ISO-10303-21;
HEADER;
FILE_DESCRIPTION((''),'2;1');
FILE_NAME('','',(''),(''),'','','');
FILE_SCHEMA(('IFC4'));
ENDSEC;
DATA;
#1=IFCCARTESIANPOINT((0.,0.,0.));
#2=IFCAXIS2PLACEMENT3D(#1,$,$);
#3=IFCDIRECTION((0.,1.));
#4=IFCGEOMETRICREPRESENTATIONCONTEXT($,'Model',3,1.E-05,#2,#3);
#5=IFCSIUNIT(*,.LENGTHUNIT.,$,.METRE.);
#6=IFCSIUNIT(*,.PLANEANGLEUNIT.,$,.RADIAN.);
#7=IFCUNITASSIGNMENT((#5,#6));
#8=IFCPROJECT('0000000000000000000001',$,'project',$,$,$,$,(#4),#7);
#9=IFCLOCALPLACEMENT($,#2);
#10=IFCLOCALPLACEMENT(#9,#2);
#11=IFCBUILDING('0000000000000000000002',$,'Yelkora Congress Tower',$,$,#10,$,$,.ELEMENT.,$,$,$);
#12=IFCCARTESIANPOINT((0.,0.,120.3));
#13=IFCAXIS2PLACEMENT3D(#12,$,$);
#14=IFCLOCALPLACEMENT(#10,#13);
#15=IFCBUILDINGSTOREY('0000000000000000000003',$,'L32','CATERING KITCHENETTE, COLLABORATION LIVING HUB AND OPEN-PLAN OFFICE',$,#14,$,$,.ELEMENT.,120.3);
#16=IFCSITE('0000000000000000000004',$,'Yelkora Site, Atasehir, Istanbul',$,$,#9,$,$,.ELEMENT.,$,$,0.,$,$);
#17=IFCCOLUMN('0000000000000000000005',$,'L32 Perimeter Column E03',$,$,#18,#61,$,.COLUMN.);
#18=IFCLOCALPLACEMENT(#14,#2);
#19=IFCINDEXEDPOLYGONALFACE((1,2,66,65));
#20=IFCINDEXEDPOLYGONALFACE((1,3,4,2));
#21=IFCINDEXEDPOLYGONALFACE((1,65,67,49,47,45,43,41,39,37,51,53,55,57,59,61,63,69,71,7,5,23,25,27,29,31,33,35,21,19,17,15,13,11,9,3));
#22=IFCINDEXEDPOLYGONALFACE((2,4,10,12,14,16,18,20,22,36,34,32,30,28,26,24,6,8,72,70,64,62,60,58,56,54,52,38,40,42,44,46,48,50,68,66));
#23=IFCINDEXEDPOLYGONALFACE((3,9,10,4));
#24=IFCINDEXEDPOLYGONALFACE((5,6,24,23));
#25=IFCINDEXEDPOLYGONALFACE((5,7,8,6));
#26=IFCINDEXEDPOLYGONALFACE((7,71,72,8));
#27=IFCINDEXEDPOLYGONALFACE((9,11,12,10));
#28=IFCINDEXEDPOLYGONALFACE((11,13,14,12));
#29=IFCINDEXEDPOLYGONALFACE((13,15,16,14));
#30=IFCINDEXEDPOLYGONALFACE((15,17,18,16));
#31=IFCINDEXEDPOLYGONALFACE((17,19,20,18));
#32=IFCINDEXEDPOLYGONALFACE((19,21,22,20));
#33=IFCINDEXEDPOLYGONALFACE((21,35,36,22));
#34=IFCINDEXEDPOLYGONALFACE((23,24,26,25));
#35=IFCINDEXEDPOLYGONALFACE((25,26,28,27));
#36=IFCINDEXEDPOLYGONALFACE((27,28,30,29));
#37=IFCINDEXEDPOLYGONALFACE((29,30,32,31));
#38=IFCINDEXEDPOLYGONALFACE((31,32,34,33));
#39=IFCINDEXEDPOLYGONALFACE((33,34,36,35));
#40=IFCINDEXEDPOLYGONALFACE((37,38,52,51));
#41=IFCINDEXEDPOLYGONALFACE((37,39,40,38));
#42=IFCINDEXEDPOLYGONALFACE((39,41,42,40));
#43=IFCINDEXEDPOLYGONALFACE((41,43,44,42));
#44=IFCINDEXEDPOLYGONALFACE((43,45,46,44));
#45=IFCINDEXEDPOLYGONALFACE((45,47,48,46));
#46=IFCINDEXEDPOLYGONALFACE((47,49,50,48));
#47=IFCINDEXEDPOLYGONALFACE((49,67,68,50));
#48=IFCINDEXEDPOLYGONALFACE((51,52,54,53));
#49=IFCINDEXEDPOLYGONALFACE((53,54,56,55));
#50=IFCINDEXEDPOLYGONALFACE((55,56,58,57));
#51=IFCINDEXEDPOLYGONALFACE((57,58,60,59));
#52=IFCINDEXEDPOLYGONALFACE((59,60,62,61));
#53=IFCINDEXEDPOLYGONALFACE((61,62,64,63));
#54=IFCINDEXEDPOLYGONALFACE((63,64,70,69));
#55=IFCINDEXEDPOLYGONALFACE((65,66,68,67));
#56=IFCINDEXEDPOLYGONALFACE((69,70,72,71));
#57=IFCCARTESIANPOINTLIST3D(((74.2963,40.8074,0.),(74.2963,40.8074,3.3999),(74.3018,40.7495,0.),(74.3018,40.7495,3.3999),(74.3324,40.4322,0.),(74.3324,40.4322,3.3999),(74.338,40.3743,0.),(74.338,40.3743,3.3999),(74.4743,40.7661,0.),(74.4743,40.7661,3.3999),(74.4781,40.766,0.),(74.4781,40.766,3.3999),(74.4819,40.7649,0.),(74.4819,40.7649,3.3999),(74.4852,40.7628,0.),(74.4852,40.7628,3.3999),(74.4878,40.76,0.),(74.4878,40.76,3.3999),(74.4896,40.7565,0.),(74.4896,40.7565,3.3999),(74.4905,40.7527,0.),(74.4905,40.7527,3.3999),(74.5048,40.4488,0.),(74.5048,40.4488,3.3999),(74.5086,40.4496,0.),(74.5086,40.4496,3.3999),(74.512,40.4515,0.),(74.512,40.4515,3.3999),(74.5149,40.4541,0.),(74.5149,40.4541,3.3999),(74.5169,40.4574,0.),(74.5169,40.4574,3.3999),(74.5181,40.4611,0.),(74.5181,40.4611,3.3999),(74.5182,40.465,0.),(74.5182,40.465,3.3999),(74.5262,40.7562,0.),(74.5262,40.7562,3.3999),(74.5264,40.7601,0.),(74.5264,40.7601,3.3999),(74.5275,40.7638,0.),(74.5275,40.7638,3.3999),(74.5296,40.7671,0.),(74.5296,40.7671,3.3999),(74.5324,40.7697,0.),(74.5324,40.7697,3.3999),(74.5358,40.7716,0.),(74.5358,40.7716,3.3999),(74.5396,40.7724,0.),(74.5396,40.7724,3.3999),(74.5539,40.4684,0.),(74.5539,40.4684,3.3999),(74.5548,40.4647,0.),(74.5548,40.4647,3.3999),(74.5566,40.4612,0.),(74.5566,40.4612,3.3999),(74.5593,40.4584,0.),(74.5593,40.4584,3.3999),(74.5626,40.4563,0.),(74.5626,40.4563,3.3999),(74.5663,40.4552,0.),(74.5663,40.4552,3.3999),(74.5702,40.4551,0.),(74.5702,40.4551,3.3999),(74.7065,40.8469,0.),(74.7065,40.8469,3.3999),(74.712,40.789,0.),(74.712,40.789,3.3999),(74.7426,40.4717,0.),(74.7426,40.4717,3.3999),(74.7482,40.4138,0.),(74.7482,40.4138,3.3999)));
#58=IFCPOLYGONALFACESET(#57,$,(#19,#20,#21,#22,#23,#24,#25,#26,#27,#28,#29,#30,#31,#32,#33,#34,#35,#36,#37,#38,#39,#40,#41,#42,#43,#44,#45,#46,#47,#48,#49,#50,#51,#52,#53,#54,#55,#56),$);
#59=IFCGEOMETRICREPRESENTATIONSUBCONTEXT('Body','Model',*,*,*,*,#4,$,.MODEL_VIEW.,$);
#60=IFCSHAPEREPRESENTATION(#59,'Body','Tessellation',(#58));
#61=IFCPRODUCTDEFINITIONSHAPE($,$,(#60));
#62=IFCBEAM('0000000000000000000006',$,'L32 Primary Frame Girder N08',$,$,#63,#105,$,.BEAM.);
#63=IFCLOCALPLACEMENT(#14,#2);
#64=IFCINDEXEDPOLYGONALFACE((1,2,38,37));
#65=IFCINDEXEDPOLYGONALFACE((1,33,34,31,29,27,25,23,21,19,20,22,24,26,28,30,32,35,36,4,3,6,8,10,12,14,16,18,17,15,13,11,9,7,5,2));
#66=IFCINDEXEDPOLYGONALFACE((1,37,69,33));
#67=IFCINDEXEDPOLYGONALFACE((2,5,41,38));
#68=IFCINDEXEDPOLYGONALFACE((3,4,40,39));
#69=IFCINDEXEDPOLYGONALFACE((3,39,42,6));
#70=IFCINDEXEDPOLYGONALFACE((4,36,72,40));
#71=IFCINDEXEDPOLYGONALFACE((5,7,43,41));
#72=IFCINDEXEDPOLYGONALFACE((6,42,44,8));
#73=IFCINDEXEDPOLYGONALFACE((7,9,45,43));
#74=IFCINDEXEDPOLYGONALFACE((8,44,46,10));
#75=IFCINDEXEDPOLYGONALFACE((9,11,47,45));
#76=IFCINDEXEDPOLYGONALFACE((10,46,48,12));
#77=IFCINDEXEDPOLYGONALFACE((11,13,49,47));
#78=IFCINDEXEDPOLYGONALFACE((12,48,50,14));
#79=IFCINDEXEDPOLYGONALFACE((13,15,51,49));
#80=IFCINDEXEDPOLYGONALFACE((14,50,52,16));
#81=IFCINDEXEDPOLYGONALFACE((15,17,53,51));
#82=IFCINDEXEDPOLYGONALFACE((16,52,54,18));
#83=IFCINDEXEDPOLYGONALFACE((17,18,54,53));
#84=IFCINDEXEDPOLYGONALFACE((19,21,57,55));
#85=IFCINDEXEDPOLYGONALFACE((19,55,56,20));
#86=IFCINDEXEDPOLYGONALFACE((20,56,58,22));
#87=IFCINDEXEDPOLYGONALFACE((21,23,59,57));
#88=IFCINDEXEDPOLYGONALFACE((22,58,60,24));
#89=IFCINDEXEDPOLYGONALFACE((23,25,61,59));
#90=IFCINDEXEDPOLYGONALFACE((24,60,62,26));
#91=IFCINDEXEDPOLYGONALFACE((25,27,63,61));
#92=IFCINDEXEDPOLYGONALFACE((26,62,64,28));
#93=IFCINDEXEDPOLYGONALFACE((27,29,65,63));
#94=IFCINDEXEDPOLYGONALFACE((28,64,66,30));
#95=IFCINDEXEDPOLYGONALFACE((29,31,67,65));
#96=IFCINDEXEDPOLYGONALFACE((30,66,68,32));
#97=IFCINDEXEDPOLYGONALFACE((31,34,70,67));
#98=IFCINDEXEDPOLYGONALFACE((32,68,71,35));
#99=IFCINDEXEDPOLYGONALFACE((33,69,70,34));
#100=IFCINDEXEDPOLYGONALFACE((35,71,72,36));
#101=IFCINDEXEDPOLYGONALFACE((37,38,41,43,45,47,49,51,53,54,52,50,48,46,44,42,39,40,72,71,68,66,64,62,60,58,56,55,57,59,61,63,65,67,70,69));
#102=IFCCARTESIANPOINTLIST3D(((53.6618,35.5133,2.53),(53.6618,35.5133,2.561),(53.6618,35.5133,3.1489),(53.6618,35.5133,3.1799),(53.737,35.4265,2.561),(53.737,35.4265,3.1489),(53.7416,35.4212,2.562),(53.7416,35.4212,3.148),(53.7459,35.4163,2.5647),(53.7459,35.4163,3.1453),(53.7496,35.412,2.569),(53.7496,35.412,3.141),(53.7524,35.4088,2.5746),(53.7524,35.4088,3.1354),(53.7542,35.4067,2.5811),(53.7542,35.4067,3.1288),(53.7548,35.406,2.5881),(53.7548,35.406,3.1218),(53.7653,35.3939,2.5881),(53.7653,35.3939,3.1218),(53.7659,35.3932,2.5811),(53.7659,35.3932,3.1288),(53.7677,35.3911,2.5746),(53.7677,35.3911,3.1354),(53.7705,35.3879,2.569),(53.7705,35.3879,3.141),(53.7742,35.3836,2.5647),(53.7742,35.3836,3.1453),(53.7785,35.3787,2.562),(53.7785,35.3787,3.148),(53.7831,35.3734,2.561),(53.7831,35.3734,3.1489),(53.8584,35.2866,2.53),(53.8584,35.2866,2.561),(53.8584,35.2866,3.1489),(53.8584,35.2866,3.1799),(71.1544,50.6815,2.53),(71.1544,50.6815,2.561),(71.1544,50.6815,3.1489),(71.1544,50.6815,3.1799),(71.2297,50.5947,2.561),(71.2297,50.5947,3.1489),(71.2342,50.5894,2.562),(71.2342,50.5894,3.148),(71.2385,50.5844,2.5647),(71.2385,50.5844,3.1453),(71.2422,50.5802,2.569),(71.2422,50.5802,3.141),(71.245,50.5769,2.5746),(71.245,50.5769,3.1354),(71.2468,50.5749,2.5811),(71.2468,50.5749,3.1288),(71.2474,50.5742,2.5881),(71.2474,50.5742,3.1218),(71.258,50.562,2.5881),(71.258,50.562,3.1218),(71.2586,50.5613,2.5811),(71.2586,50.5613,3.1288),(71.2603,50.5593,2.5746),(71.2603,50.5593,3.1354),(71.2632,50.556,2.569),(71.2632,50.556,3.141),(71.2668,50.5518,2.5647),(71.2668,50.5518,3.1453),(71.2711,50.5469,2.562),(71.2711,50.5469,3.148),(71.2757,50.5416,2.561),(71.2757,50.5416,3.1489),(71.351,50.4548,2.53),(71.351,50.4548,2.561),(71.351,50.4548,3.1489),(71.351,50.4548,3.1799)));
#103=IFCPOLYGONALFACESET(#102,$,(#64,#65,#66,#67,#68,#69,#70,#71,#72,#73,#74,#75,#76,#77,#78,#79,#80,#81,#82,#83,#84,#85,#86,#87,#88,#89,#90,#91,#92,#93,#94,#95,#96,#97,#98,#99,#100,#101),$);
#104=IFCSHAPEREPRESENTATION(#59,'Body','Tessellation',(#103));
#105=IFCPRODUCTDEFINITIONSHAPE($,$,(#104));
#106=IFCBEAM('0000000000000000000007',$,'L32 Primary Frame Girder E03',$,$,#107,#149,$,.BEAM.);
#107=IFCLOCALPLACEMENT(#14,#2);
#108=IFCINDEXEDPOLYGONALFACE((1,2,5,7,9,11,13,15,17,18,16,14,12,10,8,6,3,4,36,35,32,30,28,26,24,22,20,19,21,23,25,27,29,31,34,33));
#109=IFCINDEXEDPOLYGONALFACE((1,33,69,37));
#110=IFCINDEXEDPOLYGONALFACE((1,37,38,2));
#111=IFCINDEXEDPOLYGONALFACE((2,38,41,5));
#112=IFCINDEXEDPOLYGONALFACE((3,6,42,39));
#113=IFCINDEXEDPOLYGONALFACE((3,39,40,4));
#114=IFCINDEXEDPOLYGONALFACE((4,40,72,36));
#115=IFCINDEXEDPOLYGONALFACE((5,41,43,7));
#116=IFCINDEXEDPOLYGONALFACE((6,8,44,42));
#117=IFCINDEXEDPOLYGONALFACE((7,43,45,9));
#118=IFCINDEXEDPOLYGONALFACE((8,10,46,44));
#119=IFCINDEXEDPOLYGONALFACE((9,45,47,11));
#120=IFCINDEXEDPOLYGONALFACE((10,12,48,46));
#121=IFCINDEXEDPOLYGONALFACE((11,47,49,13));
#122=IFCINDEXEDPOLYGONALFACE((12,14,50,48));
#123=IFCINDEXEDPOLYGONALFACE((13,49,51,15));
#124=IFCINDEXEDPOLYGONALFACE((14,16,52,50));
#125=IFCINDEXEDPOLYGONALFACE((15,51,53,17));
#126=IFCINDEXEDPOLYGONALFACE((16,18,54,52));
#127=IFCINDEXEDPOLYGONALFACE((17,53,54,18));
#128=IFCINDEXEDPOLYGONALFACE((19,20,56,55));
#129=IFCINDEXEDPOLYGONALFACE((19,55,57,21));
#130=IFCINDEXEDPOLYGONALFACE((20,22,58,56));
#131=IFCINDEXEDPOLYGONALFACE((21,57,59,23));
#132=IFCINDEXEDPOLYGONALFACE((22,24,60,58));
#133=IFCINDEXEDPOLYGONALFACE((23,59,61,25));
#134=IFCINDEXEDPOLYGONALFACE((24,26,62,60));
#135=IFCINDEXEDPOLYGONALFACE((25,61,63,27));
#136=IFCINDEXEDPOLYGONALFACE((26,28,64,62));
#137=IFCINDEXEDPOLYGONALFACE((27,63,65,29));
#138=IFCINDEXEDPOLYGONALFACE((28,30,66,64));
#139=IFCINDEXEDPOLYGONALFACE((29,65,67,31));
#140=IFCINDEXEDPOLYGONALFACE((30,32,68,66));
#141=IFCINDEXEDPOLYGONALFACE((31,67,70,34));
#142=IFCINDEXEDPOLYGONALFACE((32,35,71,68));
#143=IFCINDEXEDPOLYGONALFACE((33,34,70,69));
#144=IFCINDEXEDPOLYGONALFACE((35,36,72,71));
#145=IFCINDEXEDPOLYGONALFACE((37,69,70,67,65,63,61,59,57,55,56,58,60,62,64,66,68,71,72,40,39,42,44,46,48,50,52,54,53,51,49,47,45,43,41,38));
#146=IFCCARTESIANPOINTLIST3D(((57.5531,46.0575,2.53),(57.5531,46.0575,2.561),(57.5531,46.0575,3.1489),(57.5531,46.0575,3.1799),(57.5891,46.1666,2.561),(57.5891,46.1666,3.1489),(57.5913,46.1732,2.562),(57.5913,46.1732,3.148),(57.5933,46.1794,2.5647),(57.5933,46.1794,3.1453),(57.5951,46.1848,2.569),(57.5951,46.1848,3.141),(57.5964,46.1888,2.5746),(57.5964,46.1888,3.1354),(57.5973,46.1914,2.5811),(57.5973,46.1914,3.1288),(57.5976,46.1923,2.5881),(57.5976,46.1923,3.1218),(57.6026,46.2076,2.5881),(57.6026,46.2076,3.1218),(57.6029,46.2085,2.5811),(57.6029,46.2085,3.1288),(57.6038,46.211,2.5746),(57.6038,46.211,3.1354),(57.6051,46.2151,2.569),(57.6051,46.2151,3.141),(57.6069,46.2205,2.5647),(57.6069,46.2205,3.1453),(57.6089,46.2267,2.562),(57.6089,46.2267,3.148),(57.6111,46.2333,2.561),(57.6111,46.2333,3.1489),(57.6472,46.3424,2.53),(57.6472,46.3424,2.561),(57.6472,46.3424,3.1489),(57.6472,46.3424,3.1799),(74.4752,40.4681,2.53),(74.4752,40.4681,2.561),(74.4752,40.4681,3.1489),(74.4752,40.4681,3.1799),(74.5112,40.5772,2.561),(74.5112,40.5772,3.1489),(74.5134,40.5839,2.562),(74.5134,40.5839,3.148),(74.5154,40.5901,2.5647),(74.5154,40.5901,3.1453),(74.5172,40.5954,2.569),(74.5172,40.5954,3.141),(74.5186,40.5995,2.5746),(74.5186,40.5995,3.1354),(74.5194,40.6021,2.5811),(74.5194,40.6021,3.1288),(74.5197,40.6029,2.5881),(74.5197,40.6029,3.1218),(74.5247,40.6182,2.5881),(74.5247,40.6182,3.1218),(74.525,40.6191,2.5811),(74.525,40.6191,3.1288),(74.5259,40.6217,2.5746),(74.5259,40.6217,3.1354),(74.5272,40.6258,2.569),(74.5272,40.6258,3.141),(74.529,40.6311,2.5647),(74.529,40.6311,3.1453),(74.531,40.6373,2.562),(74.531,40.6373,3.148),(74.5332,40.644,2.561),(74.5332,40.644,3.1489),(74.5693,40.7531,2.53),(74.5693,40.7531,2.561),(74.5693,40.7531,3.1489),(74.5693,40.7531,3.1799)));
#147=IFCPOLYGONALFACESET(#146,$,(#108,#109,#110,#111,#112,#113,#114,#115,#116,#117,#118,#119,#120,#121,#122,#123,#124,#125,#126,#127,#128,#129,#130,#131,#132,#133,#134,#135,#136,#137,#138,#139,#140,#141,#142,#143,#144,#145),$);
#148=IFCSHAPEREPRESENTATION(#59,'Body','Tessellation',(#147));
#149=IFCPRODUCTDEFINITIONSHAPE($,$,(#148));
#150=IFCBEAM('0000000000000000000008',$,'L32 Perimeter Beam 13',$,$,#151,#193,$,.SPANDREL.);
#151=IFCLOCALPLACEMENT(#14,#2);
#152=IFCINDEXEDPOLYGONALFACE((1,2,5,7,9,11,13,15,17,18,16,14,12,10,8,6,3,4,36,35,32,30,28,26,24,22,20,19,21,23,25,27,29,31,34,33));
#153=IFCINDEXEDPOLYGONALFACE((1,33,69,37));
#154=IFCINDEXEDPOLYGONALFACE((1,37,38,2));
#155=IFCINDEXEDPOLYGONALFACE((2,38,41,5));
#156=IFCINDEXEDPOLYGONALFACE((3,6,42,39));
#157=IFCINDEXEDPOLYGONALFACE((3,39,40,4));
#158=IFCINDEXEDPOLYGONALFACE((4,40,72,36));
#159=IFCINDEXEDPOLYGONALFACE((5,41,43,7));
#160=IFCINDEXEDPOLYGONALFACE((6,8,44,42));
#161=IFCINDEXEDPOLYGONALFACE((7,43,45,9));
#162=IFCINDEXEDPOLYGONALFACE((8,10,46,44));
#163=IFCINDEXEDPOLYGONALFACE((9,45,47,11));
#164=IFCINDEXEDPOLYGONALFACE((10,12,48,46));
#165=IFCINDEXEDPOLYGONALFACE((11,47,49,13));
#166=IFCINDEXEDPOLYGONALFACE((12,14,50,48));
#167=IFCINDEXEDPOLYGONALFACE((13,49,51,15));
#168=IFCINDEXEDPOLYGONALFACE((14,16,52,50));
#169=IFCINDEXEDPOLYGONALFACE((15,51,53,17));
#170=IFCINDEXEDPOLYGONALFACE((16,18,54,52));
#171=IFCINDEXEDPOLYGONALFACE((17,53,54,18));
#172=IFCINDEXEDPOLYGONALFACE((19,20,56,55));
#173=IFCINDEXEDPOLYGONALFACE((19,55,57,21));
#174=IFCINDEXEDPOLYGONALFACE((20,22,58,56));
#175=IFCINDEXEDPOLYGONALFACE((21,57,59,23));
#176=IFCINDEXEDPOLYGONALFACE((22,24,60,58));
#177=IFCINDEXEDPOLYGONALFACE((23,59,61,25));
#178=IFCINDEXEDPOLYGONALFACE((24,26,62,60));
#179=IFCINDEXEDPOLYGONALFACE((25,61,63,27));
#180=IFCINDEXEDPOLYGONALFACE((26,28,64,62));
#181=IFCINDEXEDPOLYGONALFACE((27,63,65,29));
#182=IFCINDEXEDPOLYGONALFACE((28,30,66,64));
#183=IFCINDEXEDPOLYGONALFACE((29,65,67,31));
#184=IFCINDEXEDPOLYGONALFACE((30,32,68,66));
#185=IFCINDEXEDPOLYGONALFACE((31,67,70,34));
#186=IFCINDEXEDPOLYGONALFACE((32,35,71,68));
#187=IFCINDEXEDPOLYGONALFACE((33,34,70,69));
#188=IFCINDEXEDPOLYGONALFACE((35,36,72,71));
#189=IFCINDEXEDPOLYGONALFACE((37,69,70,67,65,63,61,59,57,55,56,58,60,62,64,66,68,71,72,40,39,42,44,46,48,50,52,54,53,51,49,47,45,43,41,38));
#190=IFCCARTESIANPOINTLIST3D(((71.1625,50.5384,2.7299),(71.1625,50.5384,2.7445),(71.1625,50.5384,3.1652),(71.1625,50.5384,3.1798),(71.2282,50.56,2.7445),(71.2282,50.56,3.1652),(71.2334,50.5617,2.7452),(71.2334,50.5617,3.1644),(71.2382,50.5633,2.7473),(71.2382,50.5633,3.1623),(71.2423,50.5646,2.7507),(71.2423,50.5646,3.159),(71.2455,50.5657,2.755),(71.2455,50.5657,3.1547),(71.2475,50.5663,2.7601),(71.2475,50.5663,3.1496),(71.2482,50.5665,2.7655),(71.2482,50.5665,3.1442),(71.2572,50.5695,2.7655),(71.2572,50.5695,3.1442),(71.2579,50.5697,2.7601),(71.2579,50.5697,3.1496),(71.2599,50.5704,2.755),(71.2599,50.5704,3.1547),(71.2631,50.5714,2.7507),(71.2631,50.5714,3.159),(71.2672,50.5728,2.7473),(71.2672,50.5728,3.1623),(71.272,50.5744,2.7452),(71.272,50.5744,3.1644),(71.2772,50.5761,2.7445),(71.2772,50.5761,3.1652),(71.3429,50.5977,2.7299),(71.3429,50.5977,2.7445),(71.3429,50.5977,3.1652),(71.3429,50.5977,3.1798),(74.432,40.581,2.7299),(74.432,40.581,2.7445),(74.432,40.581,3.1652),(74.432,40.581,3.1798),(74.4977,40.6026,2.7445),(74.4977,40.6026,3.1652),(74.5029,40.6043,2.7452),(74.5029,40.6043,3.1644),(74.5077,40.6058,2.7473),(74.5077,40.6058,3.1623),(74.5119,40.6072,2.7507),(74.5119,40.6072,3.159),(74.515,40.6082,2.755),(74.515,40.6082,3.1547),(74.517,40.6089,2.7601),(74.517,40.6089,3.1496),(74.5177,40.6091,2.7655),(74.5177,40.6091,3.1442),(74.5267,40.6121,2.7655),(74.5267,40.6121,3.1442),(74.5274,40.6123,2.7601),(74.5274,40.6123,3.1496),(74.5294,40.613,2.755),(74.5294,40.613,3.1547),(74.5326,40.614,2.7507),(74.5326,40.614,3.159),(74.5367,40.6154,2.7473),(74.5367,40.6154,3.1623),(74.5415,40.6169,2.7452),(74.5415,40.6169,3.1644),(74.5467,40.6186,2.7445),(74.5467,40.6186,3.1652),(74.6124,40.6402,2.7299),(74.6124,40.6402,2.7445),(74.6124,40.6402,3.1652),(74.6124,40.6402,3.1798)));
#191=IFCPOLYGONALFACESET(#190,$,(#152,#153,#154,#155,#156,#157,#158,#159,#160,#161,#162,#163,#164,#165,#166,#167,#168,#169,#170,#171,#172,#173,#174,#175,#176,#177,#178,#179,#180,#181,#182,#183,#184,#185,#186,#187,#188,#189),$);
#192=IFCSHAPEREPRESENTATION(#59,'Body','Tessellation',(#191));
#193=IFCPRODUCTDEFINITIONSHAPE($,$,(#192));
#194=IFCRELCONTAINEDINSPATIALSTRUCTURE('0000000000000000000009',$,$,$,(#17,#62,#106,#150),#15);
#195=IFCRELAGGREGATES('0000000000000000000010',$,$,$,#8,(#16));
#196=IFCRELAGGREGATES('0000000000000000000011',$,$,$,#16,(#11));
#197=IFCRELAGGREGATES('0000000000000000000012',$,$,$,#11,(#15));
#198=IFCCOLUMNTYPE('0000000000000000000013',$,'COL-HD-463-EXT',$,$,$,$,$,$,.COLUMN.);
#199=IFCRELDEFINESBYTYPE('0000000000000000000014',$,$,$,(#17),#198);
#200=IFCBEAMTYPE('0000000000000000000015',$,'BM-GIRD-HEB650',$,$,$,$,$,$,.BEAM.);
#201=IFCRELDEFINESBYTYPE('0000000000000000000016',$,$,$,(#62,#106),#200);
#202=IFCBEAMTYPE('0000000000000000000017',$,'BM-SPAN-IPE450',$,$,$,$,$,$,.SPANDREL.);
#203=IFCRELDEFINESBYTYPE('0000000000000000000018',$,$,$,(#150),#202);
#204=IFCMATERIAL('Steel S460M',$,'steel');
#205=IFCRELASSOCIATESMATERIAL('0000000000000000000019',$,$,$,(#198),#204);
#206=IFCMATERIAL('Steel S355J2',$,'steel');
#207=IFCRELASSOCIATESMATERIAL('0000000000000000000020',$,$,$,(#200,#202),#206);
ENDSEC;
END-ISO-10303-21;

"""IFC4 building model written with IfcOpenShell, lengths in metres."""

from ifc_helpers import new_model, si_unit, direction, frame, origin, origin_2d, place, context, subcontext, project, spatial, i_section, extrude, material, material_profile, profile_set, type_object, element, save


model = new_model("IFC4")

# Units and contexts
model_context = context("Model", 3, precision=1e-05, world=origin(), true_north=direction((0.0, 1.0)))
body_context = subcontext(model_context, "Body", "Model", "MODEL_VIEW")
ifc_project = project(units=[si_unit("LENGTHUNIT", "METRE"), si_unit("PLANEANGLEUNIT", "RADIAN")], contexts=[model_context])

# Site, building, storey
site_placement = place(None, origin())
site = spatial("IfcSite", under=ifc_project, at=site_placement, Name="Yelkora Site, Atasehir, Istanbul", CompositionType="ELEMENT", RefElevation=0.0)
building_placement = place(site_placement, origin())
building = spatial("IfcBuilding", under=site, at=building_placement, Name="Yelkora Congress Tower", CompositionType="ELEMENT")
storey_placement = place(building_placement, frame((0.0, 0.0, 120.3)))
storey = spatial("IfcBuildingStorey", under=building, at=storey_placement, Name="L32", Description="CATERING KITCHENETTE, COLLABORATION LIVING HUB AND OPEN-PLAN OFFICE", CompositionType="ELEMENT", Elevation=120.3)

# Column
ifc_material_1 = material(Name="Steel S460M", Category="steel")
ifc_material_profile_1 = material_profile(ifc_material_1, i_section(OverallWidth=0.4121, OverallDepth=0.4351, WebThickness=0.0359, FlangeThickness=0.0581, FilletRadius=0.0149, at=origin_2d()), Name="HD 400x463")
ifc_profile_set_1 = profile_set([ifc_material_profile_1], Name="Steel S460M")
column_type = type_object("IfcColumnType", Name="COL-HD-463-EXT", PredefinedType="COLUMN", material=ifc_profile_set_1)
column_placement = place(storey_placement, frame((74.5222, 40.6106, 0.0), z_axis=(0.0, 0.0, 1.0), x_axis=(0.995396, 0.095846, 0.0)))
element("IfcColumn", 1, at=column_placement, inside=storey, type_object=column_type, Name="L32 Perimeter Column E03", PredefinedType="COLUMN", context=body_context, shape_type="SweptSolid", body=[
    extrude(i_section(OverallWidth=0.4121, OverallDepth=0.4351, WebThickness=0.0359, FlangeThickness=0.0581, FilletRadius=0.0149, at=origin_2d()), origin(), (0.0, 0.0, 1.0), 3.3999),
])

# Beams
ifc_material_2 = material(Name="Steel S355J2", Category="steel")
ifc_material_profile_2 = material_profile(ifc_material_2, i_section(OverallWidth=0.3, OverallDepth=0.6499, WebThickness=0.0161, FlangeThickness=0.031, FilletRadius=0.0271, at=origin_2d()), Name="HEB 650")
ifc_profile_set_2 = profile_set([ifc_material_profile_2], Name="Steel S355J2")
beam_type_1 = type_object("IfcBeamType", Name="BM-GIRD-HEB650", PredefinedType="BEAM", material=ifc_profile_set_2)
beam_1_placement = place(storey_placement, frame((71.2527, 50.5681, 2.855), z_axis=(-0.75552, -0.655125, 0.0), x_axis=(0.655125, -0.75552, 0.0)))
element("IfcBeam", 2, at=beam_1_placement, inside=storey, type_object=beam_type_1, Name="L32 Primary Frame Girder N08", PredefinedType="BEAM", context=body_context, shape_type="SweptSolid", body=[
    extrude(i_section(OverallWidth=0.3, OverallDepth=0.6499, WebThickness=0.0161, FlangeThickness=0.031, FilletRadius=0.0271, at=origin_2d()), origin(), (0.0, 0.0, 1.0), 23.1531),
])
beam_2_placement = place(storey_placement, frame((74.5222, 40.6106, 2.855), z_axis=(-0.949544, 0.313633, 0.0), x_axis=(-0.313633, -0.949544, 0.0)))
element("IfcBeam", 3, at=beam_2_placement, inside=storey, type_object=beam_type_1, Name="L32 Primary Frame Girder E03", PredefinedType="BEAM", context=body_context, shape_type="SweptSolid", body=[
    extrude(i_section(OverallWidth=0.3, OverallDepth=0.6499, WebThickness=0.0161, FlangeThickness=0.031, FilletRadius=0.0271, at=origin_2d()), origin(), (0.0, 0.0, 1.0), 17.8213),
])
ifc_material_profile_3 = material_profile(ifc_material_2, i_section(OverallWidth=0.1899, OverallDepth=0.45, WebThickness=0.0095, FlangeThickness=0.0146, FilletRadius=0.021, at=origin_2d()), Name="IPE 450")
ifc_profile_set_3 = profile_set([ifc_material_profile_3], Name="Steel S355J2")
beam_type_2 = type_object("IfcBeamType", Name="BM-SPAN-IPE450", PredefinedType="SPANDREL", material=ifc_profile_set_3)
beam_3_placement = place(storey_placement, frame((74.5222, 40.6106, 2.9548), z_axis=(-0.311962, 0.950095, 0.0), x_axis=(-0.950095, -0.311962, 0.0)))
element("IfcBeam", 4, at=beam_3_placement, inside=storey, type_object=beam_type_2, Name="L32 Perimeter Beam 13", PredefinedType="SPANDREL", context=body_context, shape_type="SweptSolid", body=[
    extrude(i_section(OverallWidth=0.1899, OverallDepth=0.45, WebThickness=0.0095, FlangeThickness=0.0146, FilletRadius=0.021, at=origin_2d()), origin(), (0.0, 0.0, 1.0), 10.4805),
])

save(model, "model.ifc")
